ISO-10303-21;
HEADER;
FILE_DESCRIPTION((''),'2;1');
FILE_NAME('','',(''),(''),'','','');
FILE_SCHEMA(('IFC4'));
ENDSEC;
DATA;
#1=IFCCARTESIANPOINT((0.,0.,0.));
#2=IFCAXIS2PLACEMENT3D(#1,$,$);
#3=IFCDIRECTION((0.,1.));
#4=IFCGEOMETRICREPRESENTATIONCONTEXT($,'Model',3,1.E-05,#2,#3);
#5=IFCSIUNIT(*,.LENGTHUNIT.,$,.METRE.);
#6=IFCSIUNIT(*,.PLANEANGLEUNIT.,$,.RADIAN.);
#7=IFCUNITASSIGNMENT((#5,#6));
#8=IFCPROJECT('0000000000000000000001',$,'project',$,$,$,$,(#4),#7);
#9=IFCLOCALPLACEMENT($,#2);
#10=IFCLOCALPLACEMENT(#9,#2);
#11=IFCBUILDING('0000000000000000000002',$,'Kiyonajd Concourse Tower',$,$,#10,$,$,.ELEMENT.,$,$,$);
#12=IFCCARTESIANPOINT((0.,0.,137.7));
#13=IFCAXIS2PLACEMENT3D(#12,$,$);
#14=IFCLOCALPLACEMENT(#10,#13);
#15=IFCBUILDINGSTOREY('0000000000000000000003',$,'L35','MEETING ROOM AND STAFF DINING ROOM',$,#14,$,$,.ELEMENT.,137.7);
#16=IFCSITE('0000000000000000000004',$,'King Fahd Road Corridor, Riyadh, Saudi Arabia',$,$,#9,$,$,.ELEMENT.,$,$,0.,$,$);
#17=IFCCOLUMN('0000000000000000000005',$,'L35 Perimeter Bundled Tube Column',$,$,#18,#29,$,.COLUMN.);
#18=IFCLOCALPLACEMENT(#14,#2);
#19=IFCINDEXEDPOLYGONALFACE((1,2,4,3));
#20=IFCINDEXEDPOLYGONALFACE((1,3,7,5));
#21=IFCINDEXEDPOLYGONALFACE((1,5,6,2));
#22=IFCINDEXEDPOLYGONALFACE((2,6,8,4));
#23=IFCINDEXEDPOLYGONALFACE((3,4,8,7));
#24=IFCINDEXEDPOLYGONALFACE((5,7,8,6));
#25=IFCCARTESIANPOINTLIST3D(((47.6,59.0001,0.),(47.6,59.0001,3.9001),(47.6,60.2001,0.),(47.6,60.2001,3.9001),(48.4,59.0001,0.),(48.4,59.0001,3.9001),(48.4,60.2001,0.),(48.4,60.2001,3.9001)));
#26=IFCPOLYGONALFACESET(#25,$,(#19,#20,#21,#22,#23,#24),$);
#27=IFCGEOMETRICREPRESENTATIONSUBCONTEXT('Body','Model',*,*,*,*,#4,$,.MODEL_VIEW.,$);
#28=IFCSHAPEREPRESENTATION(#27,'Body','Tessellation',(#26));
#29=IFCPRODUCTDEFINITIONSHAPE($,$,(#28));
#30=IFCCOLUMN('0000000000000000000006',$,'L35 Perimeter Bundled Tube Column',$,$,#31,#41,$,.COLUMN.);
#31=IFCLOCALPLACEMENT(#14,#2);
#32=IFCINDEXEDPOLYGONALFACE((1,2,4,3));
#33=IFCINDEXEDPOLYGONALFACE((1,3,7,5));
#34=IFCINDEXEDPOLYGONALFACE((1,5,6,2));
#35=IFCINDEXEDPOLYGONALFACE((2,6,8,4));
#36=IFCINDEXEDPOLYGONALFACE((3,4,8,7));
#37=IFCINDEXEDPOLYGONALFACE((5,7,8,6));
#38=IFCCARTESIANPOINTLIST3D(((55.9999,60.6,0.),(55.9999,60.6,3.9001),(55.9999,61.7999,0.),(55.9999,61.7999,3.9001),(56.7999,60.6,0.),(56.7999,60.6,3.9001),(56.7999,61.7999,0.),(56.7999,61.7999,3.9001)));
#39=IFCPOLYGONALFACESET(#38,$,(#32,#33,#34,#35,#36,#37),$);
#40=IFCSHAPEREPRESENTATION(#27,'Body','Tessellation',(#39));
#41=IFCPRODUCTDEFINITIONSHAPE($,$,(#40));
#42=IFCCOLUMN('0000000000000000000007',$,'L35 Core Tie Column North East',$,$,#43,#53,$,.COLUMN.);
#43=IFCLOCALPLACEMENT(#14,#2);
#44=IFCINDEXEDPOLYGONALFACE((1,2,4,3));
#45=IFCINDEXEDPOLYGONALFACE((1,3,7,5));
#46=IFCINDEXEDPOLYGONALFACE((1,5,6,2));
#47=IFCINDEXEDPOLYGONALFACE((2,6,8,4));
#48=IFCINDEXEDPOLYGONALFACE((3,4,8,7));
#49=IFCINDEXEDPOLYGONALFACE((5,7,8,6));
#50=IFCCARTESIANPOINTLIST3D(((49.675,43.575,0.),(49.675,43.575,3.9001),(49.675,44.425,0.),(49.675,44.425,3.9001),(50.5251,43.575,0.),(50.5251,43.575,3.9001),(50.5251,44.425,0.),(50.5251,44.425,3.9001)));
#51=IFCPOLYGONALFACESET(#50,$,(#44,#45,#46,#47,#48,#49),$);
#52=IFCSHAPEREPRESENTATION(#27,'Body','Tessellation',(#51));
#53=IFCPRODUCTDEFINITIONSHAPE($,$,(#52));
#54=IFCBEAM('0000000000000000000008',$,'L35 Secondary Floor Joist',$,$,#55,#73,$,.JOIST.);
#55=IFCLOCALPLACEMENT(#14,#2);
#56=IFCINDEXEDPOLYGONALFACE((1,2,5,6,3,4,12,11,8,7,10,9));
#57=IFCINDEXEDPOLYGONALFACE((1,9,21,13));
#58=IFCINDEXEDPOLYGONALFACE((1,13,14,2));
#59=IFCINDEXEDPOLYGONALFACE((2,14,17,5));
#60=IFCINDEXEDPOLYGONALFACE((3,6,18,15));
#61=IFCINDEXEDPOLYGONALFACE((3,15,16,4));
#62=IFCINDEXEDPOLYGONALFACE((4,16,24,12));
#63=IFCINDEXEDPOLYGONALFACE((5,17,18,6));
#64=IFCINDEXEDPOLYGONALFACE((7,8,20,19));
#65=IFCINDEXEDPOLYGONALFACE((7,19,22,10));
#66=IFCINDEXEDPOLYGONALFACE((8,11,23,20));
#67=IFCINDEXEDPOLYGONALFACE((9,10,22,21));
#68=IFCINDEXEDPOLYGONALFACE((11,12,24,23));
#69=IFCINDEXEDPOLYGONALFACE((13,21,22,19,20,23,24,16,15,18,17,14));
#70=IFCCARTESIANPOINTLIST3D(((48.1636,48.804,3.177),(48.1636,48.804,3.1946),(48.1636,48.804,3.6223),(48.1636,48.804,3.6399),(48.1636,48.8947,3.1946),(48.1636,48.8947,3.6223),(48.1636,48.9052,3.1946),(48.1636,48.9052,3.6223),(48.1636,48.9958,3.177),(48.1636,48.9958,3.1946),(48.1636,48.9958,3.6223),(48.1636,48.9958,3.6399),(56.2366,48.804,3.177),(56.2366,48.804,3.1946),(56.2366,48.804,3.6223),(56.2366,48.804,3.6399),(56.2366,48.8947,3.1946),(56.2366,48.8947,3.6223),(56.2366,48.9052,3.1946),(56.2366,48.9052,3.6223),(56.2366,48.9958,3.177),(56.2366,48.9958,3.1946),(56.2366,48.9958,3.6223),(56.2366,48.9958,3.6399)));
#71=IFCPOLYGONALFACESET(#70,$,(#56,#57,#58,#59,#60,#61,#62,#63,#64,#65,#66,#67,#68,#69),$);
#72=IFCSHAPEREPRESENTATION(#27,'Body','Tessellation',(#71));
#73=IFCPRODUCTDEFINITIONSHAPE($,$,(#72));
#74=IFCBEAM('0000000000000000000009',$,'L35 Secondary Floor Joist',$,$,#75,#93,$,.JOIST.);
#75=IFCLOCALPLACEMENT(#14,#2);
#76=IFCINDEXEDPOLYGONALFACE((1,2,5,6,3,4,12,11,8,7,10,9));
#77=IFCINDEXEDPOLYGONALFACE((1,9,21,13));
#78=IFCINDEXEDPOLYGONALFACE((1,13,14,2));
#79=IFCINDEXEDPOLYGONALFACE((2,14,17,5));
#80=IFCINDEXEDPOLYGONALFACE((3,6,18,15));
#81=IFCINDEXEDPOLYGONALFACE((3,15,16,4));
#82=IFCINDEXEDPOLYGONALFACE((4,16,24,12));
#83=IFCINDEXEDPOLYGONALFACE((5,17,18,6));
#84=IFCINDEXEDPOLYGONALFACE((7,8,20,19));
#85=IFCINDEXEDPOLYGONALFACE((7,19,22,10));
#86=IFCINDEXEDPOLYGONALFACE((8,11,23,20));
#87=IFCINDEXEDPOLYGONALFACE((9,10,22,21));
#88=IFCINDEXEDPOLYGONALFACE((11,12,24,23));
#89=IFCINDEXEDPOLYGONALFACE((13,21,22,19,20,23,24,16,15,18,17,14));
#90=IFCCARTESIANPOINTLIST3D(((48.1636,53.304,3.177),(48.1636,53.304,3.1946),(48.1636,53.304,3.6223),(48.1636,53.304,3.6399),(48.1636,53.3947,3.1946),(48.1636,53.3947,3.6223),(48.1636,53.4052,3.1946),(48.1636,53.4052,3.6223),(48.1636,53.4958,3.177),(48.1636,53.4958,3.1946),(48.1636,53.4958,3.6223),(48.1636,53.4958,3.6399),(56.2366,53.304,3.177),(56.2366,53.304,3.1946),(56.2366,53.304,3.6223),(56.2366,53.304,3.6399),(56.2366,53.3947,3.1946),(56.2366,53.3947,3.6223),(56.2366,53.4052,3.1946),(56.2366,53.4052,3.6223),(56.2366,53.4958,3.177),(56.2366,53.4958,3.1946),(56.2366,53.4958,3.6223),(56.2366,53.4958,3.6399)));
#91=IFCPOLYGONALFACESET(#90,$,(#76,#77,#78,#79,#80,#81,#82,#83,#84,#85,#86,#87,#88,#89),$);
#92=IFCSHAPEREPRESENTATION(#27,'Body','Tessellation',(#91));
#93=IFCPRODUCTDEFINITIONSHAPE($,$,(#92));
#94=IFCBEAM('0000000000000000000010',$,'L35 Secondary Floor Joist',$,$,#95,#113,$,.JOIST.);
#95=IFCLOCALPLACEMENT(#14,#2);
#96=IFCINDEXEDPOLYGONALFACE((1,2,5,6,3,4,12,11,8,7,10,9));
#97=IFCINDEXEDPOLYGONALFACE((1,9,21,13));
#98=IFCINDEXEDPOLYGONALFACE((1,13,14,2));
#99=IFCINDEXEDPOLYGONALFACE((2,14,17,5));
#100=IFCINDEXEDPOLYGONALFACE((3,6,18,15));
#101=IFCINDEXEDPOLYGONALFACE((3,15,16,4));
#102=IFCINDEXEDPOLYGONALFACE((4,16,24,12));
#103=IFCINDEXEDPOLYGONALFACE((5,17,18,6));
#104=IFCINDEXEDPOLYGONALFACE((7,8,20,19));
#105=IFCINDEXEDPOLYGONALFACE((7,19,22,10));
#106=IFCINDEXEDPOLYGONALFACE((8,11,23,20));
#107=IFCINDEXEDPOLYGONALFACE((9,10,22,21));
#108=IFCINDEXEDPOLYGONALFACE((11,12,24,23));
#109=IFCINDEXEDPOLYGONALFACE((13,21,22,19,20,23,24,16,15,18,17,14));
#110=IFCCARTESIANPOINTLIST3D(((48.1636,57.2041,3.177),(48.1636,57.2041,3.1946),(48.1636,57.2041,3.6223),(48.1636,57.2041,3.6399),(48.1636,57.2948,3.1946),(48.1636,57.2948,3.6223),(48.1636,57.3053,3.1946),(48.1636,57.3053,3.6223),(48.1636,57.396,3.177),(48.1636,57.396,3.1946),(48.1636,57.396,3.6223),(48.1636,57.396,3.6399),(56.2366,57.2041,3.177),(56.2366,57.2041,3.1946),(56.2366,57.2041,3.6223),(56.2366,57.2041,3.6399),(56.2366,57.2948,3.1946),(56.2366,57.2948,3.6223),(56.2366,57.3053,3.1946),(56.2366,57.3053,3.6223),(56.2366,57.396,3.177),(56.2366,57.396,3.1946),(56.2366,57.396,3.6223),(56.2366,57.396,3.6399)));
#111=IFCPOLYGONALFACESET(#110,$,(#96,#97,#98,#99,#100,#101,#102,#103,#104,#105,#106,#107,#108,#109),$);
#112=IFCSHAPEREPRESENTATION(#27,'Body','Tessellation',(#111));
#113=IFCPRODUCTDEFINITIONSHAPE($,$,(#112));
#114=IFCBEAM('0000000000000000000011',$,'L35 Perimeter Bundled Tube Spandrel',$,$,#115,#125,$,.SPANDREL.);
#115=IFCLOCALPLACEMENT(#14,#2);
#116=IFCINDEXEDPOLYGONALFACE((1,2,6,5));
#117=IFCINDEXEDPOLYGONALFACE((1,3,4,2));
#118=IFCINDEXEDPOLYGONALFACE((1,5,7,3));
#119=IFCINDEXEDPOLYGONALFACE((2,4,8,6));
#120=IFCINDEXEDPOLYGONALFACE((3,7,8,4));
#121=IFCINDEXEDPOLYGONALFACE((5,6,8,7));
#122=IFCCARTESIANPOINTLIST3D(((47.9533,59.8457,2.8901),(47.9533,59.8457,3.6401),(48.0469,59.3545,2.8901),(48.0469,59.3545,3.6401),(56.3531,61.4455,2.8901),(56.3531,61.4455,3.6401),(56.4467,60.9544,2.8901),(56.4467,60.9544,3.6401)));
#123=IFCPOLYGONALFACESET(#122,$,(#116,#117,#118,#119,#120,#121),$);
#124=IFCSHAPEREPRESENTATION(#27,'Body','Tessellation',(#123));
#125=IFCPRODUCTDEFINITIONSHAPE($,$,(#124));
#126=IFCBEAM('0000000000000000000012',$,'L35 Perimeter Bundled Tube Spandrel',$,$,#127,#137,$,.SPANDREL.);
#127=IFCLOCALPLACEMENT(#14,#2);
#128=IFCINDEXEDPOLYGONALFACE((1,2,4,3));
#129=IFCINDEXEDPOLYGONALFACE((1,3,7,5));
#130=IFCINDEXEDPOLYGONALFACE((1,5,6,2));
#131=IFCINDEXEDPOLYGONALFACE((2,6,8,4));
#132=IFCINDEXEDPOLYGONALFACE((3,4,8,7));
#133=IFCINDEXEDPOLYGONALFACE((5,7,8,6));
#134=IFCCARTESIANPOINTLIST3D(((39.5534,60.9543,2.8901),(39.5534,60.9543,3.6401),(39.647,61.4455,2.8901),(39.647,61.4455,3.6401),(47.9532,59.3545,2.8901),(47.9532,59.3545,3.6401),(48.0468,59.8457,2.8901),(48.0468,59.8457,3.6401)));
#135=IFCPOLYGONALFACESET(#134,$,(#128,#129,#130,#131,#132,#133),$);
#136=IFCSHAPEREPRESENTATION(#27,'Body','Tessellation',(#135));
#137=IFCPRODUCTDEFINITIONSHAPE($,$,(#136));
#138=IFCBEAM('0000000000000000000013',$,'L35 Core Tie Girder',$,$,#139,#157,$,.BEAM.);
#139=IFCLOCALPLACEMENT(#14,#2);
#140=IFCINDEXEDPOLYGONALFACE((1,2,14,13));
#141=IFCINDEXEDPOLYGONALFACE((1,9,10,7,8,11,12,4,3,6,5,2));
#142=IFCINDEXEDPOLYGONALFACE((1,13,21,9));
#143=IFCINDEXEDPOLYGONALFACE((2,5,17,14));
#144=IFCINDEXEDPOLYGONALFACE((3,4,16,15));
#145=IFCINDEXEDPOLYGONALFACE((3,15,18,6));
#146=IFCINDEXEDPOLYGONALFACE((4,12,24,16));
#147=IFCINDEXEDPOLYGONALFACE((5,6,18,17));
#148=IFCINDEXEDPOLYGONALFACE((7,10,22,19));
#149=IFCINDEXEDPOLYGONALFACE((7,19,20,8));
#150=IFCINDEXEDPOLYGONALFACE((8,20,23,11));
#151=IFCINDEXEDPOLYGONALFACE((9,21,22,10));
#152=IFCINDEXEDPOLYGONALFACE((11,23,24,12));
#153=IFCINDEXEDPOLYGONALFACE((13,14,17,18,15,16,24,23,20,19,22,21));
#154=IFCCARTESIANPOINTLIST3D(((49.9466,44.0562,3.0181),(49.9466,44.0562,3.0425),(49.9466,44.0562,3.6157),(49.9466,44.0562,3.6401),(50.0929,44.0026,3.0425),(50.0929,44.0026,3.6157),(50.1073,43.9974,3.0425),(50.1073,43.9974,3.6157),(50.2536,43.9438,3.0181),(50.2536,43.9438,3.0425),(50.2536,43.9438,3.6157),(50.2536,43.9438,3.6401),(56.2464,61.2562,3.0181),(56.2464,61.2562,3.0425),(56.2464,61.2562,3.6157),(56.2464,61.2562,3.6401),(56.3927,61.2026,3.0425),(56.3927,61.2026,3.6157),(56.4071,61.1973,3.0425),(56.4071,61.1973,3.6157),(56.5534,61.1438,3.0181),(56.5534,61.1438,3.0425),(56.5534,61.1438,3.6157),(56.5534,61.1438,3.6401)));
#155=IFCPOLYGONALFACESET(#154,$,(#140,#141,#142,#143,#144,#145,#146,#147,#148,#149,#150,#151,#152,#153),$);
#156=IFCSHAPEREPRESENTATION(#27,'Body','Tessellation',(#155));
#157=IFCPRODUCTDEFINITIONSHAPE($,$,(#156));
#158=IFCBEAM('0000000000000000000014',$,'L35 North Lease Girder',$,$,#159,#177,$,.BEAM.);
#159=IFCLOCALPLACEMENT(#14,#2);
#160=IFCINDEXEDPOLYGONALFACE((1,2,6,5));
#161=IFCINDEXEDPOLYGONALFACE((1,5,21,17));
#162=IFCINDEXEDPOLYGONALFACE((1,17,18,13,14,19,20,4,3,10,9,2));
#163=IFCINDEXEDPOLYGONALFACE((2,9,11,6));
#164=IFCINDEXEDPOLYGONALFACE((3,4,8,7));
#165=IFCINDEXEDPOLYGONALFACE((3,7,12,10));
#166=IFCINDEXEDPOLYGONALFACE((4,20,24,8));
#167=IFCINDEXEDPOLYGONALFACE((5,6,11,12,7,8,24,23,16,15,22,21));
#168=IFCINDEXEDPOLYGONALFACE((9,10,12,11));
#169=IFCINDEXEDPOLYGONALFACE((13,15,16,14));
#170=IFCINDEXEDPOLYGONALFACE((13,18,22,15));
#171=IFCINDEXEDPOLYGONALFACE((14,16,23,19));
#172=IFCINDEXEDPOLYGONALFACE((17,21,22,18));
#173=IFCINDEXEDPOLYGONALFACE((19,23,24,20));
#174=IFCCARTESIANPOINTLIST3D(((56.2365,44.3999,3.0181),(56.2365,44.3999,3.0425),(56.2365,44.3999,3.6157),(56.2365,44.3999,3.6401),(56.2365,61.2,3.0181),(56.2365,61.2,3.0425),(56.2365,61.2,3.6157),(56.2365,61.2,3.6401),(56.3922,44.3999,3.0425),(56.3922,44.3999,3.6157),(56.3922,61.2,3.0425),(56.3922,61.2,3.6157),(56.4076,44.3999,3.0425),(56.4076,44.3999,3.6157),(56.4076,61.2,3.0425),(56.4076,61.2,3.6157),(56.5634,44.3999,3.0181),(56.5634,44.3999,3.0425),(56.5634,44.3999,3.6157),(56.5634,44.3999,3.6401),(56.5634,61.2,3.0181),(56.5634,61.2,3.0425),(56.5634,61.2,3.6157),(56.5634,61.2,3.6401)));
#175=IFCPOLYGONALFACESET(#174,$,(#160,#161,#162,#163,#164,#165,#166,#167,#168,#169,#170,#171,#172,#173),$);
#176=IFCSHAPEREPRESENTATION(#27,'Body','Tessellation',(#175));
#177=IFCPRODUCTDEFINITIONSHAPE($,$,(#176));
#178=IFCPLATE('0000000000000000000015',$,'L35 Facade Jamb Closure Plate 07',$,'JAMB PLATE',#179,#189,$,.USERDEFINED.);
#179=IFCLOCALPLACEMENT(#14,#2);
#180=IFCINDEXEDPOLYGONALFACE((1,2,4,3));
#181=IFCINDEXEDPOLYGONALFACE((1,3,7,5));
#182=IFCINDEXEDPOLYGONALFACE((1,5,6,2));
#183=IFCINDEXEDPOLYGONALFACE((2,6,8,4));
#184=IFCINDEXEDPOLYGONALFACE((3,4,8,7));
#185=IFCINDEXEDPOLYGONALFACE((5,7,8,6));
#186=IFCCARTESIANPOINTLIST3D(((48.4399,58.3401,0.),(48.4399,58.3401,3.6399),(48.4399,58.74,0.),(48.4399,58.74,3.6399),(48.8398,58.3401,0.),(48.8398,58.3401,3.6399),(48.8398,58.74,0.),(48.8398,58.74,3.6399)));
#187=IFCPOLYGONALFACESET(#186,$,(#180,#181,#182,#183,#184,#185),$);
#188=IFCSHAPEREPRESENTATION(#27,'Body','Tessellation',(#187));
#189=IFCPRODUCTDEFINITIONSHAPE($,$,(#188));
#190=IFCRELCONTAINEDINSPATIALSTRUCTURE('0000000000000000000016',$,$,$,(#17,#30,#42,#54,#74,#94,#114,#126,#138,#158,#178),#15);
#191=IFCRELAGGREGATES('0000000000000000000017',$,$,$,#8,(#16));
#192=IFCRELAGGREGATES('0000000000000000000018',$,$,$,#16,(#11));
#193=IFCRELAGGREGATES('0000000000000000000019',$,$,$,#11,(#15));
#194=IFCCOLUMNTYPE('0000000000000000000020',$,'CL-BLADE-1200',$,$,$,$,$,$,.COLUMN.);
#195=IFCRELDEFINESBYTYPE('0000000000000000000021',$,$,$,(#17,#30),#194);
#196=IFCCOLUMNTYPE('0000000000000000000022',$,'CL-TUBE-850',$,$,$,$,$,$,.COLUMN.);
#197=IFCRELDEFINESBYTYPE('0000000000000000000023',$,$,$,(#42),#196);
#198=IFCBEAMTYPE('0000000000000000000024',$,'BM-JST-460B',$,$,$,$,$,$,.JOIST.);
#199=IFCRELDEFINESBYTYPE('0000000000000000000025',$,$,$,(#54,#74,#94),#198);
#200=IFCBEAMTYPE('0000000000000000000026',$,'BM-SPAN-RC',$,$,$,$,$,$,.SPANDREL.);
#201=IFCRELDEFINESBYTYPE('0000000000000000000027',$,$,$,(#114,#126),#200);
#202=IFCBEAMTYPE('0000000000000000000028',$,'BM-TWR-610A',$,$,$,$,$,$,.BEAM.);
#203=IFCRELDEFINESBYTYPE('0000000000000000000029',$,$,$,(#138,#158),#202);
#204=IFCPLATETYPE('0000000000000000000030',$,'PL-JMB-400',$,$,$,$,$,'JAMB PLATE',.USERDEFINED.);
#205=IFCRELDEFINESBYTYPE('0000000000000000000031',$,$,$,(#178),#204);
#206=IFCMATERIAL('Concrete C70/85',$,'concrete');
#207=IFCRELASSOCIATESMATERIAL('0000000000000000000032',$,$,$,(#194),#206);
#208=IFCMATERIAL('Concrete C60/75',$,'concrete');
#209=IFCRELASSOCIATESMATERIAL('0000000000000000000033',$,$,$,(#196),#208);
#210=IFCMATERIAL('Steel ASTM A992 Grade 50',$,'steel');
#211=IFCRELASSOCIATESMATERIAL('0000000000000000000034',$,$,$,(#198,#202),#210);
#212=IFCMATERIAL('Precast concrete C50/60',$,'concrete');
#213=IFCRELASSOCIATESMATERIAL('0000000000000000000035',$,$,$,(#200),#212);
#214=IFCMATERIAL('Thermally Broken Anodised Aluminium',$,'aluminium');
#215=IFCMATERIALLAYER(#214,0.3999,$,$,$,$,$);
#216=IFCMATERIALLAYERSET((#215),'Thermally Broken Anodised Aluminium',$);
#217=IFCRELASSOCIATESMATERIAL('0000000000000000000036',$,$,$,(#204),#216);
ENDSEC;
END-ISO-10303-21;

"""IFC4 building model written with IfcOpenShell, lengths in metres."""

from ifc_helpers import new_model, si_unit, direction, frame, origin, origin_2d, place, context, subcontext, project, spatial, rectangle, i_section, extrude, material, layer, layer_set, material_profile, profile_set, type_object, element, save


model = new_model("IFC4")

# Units and contexts
model_context = context("Model", 3, precision=1e-05, world=origin(), true_north=direction((0.0, 1.0)))
body_context = subcontext(model_context, "Body", "Model", "MODEL_VIEW")
ifc_project = project(units=[si_unit("LENGTHUNIT", "METRE"), si_unit("PLANEANGLEUNIT", "RADIAN")], contexts=[model_context])

# Site, building, storey
site_placement = place(None, origin())
site = spatial("IfcSite", under=ifc_project, at=site_placement, Name="King Fahd Road Corridor, Riyadh, Saudi Arabia", CompositionType="ELEMENT", RefElevation=0.0)
building_placement = place(site_placement, origin())
building = spatial("IfcBuilding", under=site, at=building_placement, Name="Kiyonajd Concourse Tower", CompositionType="ELEMENT")
storey_placement = place(building_placement, frame((0.0, 0.0, 137.7)))
storey = spatial("IfcBuildingStorey", under=building, at=storey_placement, Name="L35", Description="MEETING ROOM AND STAFF DINING ROOM", CompositionType="ELEMENT", Elevation=137.7)

# Columns
ifc_material_1 = material(Name="Concrete C70/85", Category="concrete")
ifc_material_profile_1 = material_profile(ifc_material_1, rectangle(XDim=0.8, YDim=1.2, at=origin_2d()), Name="RC-1200x800")
ifc_profile_set_1 = profile_set([ifc_material_profile_1], Name="Concrete C70/85")
column_type_1 = type_object("IfcColumnType", Name="CL-BLADE-1200", PredefinedType="COLUMN", material=ifc_profile_set_1)
for number, where, z_axis, x_axis, name in (
    (1, (48.0, 59.6001, 0.0), (0.0, 0.0, 1.0), (1.0, 0.0, 0.0), "L35 Perimeter Bundled Tube Column"),
    (2, (56.3999, 61.2, 0.0), (0.0, 0.0, 1.0), (1.0, 0.0, 0.0), "L35 Perimeter Bundled Tube Column"),
):
    element("IfcColumn", number, at=place(storey_placement, frame(where, z_axis=z_axis, x_axis=x_axis)), inside=storey, type_object=column_type_1, Name=name, PredefinedType="COLUMN", context=body_context, shape_type="SweptSolid", body=[
        extrude(rectangle(XDim=0.8, YDim=1.2, at=origin_2d()), origin(), (0.0, 0.0, 1.0), 3.9001),
    ])
ifc_material_2 = material(Name="Concrete C60/75", Category="concrete")
ifc_material_profile_2 = material_profile(ifc_material_2, rectangle(XDim=0.8501, YDim=0.8501, at=origin_2d()), Name="RC-850x850")
ifc_profile_set_2 = profile_set([ifc_material_profile_2], Name="Concrete C60/75")
column_type_2 = type_object("IfcColumnType", Name="CL-TUBE-850", PredefinedType="COLUMN", material=ifc_profile_set_2)
column_placement = place(storey_placement, frame((50.1001, 44.0, 0.0), z_axis=(0.0, 0.0, 1.0), x_axis=(1.0, 0.0, 0.0)))
element("IfcColumn", 3, at=column_placement, inside=storey, type_object=column_type_2, Name="L35 Core Tie Column North East", PredefinedType="COLUMN", context=body_context, shape_type="SweptSolid", body=[
    extrude(rectangle(XDim=0.8501, YDim=0.8501, at=origin_2d()), origin(), (0.0, 0.0, 1.0), 3.9001),
])

# Beams
ifc_material_3 = material(Name="Steel ASTM A992 Grade 50", Category="steel")
ifc_material_profile_3 = material_profile(ifc_material_3, i_section(OverallWidth=0.1919, OverallDepth=0.4629, WebThickness=0.0105, FlangeThickness=0.0176, at=origin_2d()), Name="W460X89")
ifc_profile_set_3 = profile_set([ifc_material_profile_3], Name="Steel ASTM A992 Grade 50")
beam_type_1 = type_object("IfcBeamType", Name="BM-JST-460B", PredefinedType="JOIST", material=ifc_profile_set_3)
for number, where, z_axis, x_axis, name in (
    (4, (48.1636, 48.8999, 3.4084), (1.0, 0.0, 0.0), (0.0, 1.0, 0.0), "L35 Secondary Floor Joist"),
    (5, (48.1636, 53.3999, 3.4084), (1.0, 0.0, 0.0), (0.0, 1.0, 0.0), "L35 Secondary Floor Joist"),
    (6, (48.1636, 57.3, 3.4084), (1.0, 0.0, 0.0), (0.0, 1.0, 0.0), "L35 Secondary Floor Joist"),
):
    element("IfcBeam", number, at=place(storey_placement, frame(where, z_axis=z_axis, x_axis=x_axis)), inside=storey, type_object=beam_type_1, Name=name, PredefinedType="JOIST", context=body_context, shape_type="SweptSolid", body=[
        extrude(i_section(OverallWidth=0.1919, OverallDepth=0.4629, WebThickness=0.0105, FlangeThickness=0.0176, at=origin_2d()), origin(), (0.0, 0.0, 1.0), 8.073),
    ])
ifc_material_4 = material(Name="Precast concrete C50/60", Category="concrete")
ifc_material_profile_4 = material_profile(ifc_material_4, rectangle(XDim=0.5, YDim=0.75, at=origin_2d()), Name="RCBM-500x750")
ifc_profile_set_4 = profile_set([ifc_material_profile_4], Name="Precast concrete C50/60")
beam_type_2 = type_object("IfcBeamType", Name="BM-SPAN-RC", PredefinedType="SPANDREL", material=ifc_profile_set_4)
for number, where, z_axis, x_axis, name in (
    (7, (56.3999, 61.2, 3.2651), (-0.982341, -0.187098, 0.0), (0.187098, -0.982341, 0.0), "L35 Perimeter Bundled Tube Spandrel"),
    (8, (48.0, 59.6001, 3.2651), (-0.982341, 0.187098, 0.0), (-0.187098, -0.982341, 0.0), "L35 Perimeter Bundled Tube Spandrel"),
):
    element("IfcBeam", number, at=place(storey_placement, frame(where, z_axis=z_axis, x_axis=x_axis)), inside=storey, type_object=beam_type_2, Name=name, PredefinedType="SPANDREL", context=body_context, shape_type="SweptSolid", body=[
        extrude(rectangle(XDim=0.5, YDim=0.75, at=origin_2d()), origin(), (0.0, 0.0, 1.0), 8.5508),
    ])
ifc_material_profile_5 = material_profile(ifc_material_3, i_section(OverallWidth=0.3269, OverallDepth=0.6221, WebThickness=0.0154, FlangeThickness=0.0244, at=origin_2d()), Name="W610X195")
ifc_profile_set_5 = profile_set([ifc_material_profile_5], Name="Steel ASTM A992 Grade 50")
beam_type_3 = type_object("IfcBeamType", Name="BM-TWR-610A", PredefinedType="BEAM", material=ifc_profile_set_5)
beam_1_placement = place(storey_placement, frame((50.1001, 44.0, 3.3291), z_axis=(0.343925, 0.938997, 0.0), x_axis=(-0.938997, 0.343925, 0.0)))
element("IfcBeam", 9, at=beam_1_placement, inside=storey, type_object=beam_type_3, Name="L35 Core Tie Girder", PredefinedType="BEAM", context=body_context, shape_type="SweptSolid", body=[
    extrude(i_section(OverallWidth=0.3269, OverallDepth=0.6221, WebThickness=0.0154, FlangeThickness=0.0244, at=origin_2d()), origin(), (0.0, 0.0, 1.0), 18.3174),
])
beam_2_placement = place(storey_placement, frame((56.3999, 44.3999, 3.3291), z_axis=(0.0, 1.0, 0.0), x_axis=(-1.0, 0.0, 0.0)))
element("IfcBeam", 10, at=beam_2_placement, inside=storey, type_object=beam_type_3, Name="L35 North Lease Girder", PredefinedType="BEAM", context=body_context, shape_type="SweptSolid", body=[
    extrude(i_section(OverallWidth=0.3269, OverallDepth=0.6221, WebThickness=0.0154, FlangeThickness=0.0244, at=origin_2d()), origin(), (0.0, 0.0, 1.0), 16.8),
])

# Plate
ifc_material_5 = material(Name="Thermally Broken Anodised Aluminium", Category="aluminium")
ifc_layer_1 = layer(ifc_material_5, 0.3999)
ifc_layer_set_1 = layer_set([ifc_layer_1], Name="Thermally Broken Anodised Aluminium")
plate_type = type_object("IfcPlateType", Name="PL-JMB-400", ElementType="JAMB PLATE", PredefinedType="USERDEFINED", material=ifc_layer_set_1)
for number, where, z_axis, x_axis, name in (
    (11, (48.6399, 58.54, 0.0), (0.0, 0.0, 1.0), (1.0, 0.0, 0.0), "L35 Facade Jamb Closure Plate 07"),
):
    element("IfcPlate", number, at=place(storey_placement, frame(where, z_axis=z_axis, x_axis=x_axis)), inside=storey, type_object=plate_type, Name=name, ObjectType="JAMB PLATE", PredefinedType="USERDEFINED", context=body_context, shape_type="SweptSolid", body=[
        extrude(rectangle(XDim=0.3999, YDim=0.3999, at=origin_2d()), origin(), (0.0, 0.0, 1.0), 3.6399),
    ])

save(model, "model.ifc")
